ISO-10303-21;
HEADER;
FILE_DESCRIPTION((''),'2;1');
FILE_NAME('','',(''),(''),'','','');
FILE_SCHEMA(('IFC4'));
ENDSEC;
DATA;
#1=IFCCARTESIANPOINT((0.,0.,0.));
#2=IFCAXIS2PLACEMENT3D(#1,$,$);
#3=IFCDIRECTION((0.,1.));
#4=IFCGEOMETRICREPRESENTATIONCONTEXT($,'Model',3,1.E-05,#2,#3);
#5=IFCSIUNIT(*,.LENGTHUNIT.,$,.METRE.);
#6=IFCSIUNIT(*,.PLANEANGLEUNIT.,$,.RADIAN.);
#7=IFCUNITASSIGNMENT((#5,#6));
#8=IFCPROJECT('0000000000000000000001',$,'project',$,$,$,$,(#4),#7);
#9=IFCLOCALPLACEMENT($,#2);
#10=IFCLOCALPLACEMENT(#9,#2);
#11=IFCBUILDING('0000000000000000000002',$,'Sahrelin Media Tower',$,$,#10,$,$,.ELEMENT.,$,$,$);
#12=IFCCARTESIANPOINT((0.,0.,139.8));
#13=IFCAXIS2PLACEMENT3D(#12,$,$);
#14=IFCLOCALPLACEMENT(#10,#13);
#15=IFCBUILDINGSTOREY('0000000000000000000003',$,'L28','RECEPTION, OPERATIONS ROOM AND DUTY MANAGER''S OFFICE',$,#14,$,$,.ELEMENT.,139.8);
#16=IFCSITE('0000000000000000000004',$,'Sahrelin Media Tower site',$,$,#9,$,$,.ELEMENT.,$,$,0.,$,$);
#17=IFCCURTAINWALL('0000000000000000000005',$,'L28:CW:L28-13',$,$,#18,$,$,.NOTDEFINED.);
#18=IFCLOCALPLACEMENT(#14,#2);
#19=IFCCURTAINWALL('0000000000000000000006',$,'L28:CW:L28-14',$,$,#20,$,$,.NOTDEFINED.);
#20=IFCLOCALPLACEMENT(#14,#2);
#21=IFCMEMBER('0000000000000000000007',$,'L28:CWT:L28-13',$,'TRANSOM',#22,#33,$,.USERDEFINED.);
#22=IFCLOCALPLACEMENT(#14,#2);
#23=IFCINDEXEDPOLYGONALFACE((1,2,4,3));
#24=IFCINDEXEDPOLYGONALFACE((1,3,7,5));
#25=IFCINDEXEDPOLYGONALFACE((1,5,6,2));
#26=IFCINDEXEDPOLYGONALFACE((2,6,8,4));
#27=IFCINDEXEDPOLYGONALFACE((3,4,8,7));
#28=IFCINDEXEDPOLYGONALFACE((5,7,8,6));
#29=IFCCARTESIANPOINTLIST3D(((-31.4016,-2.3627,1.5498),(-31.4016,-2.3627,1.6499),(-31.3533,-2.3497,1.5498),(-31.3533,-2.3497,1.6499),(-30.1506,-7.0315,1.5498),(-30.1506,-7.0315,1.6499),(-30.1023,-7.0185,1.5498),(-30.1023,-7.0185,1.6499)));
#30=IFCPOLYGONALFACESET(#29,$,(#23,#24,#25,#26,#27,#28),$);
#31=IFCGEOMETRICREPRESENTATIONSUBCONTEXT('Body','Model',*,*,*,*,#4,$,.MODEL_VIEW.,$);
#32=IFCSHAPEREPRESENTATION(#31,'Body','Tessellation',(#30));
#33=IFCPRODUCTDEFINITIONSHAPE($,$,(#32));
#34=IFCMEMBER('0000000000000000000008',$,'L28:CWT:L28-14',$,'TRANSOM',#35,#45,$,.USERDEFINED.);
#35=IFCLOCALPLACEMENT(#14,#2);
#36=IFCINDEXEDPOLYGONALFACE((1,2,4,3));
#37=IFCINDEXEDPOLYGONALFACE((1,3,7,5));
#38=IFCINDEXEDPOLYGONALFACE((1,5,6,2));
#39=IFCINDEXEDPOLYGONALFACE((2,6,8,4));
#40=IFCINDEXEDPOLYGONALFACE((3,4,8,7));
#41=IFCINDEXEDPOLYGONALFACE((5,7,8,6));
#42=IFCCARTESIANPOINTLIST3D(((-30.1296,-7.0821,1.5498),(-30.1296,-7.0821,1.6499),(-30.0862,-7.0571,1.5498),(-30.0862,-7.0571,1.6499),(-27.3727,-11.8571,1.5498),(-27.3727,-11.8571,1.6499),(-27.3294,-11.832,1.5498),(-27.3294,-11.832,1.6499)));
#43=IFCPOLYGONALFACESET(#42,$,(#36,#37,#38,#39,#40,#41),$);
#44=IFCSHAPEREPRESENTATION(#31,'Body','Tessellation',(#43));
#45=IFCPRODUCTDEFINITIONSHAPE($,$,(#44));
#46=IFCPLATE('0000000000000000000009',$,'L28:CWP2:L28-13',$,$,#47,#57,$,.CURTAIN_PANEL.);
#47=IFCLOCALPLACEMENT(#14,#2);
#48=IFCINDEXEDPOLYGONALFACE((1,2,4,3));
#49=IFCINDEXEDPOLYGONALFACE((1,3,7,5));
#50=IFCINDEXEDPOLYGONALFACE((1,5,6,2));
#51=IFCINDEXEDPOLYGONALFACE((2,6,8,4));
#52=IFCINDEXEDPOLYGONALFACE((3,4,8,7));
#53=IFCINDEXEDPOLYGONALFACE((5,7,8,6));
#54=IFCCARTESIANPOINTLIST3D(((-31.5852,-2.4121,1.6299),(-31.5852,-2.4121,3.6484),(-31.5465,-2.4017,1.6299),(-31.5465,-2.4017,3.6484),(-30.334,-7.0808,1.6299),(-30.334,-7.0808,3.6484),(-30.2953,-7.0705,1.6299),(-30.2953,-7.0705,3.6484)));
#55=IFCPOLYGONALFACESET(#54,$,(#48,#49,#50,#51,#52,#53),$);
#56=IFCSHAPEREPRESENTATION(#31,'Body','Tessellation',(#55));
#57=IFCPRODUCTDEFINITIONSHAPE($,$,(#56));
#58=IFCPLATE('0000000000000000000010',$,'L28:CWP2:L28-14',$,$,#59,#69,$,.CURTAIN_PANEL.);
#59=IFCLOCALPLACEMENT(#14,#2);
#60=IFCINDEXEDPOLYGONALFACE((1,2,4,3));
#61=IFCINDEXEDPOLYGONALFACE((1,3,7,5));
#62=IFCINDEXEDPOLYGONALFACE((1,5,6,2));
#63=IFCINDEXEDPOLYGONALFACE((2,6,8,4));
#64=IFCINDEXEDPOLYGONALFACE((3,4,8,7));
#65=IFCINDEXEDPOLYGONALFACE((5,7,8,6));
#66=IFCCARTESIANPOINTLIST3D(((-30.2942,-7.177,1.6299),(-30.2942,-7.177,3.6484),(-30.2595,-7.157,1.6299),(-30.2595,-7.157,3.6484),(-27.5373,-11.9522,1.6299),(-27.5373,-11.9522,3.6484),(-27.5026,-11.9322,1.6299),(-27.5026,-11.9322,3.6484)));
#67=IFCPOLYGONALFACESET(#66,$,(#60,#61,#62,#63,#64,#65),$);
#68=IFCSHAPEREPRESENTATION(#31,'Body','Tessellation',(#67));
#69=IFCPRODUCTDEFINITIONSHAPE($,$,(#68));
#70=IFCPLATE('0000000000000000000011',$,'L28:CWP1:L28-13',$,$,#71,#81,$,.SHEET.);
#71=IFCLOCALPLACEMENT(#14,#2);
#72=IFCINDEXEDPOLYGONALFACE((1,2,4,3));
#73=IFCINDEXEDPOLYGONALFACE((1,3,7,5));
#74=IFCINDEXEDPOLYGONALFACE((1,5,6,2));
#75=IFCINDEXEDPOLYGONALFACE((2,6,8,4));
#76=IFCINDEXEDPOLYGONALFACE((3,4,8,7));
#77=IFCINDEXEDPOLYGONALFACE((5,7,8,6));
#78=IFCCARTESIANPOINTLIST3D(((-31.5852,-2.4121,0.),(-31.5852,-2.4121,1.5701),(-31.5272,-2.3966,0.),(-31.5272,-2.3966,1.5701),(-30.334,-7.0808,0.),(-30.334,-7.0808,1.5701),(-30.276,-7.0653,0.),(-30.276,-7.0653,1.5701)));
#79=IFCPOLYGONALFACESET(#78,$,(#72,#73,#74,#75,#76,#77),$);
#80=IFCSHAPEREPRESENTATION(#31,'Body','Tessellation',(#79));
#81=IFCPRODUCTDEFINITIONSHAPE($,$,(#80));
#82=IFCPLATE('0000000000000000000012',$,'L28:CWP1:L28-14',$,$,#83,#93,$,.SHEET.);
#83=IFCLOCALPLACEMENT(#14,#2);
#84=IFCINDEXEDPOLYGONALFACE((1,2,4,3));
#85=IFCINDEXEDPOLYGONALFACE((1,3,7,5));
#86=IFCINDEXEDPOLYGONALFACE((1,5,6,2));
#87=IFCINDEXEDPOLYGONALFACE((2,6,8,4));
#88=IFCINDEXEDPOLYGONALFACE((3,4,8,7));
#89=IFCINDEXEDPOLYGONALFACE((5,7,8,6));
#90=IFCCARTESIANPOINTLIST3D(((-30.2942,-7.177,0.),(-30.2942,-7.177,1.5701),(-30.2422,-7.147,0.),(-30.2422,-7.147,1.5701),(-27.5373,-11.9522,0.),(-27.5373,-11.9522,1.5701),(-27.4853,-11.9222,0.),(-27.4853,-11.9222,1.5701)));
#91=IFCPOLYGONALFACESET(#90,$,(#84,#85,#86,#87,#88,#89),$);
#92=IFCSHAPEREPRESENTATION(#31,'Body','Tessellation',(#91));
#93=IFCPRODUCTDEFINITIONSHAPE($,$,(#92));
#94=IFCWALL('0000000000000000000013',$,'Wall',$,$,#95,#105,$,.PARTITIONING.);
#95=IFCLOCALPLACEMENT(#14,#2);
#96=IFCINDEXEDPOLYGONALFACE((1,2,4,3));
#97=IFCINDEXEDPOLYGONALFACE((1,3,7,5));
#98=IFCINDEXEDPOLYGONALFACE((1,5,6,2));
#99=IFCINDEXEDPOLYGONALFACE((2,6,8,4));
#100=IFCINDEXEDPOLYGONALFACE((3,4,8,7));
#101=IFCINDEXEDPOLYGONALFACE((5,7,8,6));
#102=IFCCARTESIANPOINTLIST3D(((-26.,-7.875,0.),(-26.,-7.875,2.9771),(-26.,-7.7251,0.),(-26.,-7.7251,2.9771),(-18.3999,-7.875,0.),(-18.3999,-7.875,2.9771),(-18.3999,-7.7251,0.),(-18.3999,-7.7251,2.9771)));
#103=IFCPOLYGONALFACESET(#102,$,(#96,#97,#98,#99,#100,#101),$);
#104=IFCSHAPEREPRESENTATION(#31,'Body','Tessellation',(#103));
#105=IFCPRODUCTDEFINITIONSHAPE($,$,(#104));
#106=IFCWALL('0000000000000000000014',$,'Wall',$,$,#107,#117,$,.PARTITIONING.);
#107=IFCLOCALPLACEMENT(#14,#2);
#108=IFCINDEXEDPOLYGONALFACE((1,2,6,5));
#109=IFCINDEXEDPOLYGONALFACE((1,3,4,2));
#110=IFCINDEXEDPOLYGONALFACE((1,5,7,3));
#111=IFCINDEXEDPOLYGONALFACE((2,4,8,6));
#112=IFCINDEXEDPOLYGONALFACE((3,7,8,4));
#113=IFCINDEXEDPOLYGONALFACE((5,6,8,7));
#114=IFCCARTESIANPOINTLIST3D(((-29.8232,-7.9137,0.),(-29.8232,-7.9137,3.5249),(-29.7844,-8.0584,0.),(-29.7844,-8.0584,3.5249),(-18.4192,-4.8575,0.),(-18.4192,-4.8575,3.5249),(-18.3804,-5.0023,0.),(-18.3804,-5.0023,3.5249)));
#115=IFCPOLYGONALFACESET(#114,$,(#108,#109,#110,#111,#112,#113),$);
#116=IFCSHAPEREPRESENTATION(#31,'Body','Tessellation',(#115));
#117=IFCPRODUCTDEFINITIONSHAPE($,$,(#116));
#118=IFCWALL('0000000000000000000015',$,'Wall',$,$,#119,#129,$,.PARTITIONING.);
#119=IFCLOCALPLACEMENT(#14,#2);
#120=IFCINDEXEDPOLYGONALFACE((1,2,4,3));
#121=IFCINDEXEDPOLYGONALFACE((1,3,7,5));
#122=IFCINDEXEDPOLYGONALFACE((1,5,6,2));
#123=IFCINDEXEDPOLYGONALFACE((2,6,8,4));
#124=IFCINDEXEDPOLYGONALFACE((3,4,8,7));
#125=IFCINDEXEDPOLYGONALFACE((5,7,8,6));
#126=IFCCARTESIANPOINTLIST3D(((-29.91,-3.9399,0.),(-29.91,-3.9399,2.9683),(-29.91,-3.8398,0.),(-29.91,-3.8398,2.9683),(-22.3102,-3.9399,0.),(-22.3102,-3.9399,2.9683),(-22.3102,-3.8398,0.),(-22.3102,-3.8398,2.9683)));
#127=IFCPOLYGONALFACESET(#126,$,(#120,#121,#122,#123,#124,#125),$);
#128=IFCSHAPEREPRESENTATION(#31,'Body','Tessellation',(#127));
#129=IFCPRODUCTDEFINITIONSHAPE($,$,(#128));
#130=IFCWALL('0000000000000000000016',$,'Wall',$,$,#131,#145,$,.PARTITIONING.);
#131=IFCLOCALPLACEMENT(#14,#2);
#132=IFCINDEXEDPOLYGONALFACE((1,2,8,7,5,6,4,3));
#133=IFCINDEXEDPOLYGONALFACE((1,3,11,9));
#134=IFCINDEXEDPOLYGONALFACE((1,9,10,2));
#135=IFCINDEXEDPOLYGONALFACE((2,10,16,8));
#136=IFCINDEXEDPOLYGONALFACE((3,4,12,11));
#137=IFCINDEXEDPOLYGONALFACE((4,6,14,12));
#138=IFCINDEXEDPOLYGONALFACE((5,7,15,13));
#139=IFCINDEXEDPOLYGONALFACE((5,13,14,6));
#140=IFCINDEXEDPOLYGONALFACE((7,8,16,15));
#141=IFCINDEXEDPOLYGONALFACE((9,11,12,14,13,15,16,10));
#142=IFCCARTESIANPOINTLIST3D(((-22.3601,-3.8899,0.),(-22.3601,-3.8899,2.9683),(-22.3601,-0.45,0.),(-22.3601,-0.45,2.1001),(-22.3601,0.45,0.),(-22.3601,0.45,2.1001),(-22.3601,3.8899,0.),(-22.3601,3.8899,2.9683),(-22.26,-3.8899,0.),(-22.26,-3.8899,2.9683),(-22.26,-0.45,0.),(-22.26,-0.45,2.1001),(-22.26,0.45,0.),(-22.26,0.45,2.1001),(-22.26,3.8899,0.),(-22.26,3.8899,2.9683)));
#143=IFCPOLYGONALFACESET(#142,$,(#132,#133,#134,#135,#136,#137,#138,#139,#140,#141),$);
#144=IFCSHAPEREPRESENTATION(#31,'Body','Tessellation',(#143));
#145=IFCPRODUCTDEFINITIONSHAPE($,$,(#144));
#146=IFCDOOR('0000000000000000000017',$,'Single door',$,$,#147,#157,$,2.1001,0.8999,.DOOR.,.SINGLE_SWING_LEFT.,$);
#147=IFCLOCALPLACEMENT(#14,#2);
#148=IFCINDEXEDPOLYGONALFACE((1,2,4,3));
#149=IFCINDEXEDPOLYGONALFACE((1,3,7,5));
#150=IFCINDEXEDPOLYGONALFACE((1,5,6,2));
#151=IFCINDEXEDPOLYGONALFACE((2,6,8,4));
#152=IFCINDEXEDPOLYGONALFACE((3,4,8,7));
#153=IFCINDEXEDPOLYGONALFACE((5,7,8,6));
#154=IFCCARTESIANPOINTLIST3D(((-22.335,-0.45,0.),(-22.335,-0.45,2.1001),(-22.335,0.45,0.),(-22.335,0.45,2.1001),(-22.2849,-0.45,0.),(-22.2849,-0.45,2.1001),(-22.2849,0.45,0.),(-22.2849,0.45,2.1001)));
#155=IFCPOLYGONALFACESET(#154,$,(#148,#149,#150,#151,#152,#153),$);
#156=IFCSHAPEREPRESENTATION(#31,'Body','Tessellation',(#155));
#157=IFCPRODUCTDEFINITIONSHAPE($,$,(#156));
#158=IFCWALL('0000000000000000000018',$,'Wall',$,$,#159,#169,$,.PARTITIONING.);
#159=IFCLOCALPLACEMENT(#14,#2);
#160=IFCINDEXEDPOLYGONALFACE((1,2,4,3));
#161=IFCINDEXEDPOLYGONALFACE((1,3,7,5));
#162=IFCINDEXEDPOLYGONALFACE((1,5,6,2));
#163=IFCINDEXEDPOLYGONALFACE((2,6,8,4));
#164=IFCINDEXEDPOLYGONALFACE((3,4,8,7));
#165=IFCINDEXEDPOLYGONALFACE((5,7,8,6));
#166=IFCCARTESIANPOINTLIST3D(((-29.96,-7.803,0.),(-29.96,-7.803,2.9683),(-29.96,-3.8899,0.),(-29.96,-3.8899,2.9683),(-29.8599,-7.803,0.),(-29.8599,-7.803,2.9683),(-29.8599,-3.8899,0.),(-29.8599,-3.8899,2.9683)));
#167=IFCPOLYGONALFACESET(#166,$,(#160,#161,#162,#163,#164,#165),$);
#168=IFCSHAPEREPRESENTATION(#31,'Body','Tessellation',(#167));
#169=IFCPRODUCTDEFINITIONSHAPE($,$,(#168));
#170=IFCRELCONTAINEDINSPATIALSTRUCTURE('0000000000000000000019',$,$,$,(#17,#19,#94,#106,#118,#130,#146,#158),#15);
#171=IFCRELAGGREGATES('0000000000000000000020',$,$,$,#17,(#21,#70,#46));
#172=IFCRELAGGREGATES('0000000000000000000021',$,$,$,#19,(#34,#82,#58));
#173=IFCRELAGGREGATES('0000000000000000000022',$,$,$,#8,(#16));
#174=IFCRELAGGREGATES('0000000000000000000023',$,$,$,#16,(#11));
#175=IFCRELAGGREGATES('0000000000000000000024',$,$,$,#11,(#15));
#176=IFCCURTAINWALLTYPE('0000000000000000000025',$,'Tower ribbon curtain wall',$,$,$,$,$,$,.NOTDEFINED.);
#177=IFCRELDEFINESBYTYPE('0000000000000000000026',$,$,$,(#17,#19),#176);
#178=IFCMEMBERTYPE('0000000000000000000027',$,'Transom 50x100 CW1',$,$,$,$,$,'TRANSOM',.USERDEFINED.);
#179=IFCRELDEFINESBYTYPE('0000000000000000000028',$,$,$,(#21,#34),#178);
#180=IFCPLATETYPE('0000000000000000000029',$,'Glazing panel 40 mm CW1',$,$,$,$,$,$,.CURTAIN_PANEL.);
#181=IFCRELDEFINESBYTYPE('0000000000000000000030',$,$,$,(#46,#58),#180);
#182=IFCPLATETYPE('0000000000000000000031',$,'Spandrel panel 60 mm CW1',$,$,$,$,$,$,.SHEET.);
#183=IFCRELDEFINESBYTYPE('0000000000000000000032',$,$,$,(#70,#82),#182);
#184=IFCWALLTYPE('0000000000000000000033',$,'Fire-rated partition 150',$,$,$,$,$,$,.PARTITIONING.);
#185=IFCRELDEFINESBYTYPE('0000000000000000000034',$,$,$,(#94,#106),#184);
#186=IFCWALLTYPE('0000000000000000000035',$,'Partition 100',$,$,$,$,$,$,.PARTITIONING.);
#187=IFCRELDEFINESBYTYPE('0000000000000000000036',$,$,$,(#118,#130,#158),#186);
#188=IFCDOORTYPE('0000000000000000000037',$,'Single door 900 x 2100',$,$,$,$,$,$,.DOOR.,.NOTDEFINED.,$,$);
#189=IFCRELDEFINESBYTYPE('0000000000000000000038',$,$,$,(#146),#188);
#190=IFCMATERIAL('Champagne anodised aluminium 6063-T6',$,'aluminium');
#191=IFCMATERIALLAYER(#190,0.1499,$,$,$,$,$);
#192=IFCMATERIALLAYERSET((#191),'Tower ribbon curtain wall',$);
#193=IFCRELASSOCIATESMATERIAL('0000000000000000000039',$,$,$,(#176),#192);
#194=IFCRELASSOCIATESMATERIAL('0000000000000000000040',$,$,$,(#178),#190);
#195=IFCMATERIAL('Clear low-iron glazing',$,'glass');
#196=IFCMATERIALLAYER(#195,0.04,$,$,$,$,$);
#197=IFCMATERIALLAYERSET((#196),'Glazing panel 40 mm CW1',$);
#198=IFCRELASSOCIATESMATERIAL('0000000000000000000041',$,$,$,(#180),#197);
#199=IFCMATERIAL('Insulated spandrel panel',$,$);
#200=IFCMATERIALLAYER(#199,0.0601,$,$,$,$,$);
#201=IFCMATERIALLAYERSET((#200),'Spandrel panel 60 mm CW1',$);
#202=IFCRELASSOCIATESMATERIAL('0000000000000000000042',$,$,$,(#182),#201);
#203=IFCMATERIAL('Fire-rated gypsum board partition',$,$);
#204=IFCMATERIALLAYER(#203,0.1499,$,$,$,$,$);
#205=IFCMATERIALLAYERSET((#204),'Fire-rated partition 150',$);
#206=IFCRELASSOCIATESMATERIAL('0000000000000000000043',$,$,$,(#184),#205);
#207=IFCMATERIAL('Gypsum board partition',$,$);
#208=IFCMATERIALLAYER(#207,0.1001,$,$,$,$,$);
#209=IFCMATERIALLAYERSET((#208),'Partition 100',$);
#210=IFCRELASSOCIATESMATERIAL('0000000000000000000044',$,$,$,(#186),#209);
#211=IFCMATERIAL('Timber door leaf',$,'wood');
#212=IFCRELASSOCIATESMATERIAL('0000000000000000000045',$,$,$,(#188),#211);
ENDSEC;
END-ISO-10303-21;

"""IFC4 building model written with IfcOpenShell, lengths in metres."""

from ifc_helpers import new_model, si_unit, direction, frame, frame_2d, origin, origin_2d, place, context, subcontext, project, spatial, polyline, rectangle, outline, extrude, material, layer, layer_set, material_profile, profile_set, type_object, element, fill, aggregate, save


model = new_model("IFC4")

# Units and contexts
model_context = context("Model", 3, precision=1e-05, world=origin(), true_north=direction((0.0, 1.0)))
body_context = subcontext(model_context, "Body", "Model", "MODEL_VIEW")
ifc_project = project(units=[si_unit("LENGTHUNIT", "METRE"), si_unit("PLANEANGLEUNIT", "RADIAN")], contexts=[model_context])

# Site, building, storey
site_placement = place(None, origin())
site = spatial("IfcSite", under=ifc_project, at=site_placement, Name="Sahrelin Media Tower site", CompositionType="ELEMENT", RefElevation=0.0)
building_placement = place(site_placement, origin())
building = spatial("IfcBuilding", under=site, at=building_placement, Name="Sahrelin Media Tower", CompositionType="ELEMENT")
storey_placement = place(building_placement, frame((0.0, 0.0, 139.8)))
storey = spatial("IfcBuildingStorey", under=building, at=storey_placement, Name="L28", Description="RECEPTION, OPERATIONS ROOM AND DUTY MANAGER'S OFFICE", CompositionType="ELEMENT", Elevation=139.8)

# Curtain walls
ifc_material_1 = material(Name="Champagne anodised aluminium 6063-T6", Category="aluminium")
ifc_layer_1 = layer(ifc_material_1, 0.1499)
ifc_layer_set_1 = layer_set([ifc_layer_1], Name="Tower ribbon curtain wall")
curtain_wall_type = type_object("IfcCurtainWallType", Name="Tower ribbon curtain wall", PredefinedType="NOTDEFINED", material=ifc_layer_set_1)
curtain_wall_1_placement = place(storey_placement, frame((-30.9402, -4.7412, 0.0), z_axis=(0.0, 0.0, 1.0), x_axis=(1.0, 0.0, 0.0)))
curtain_wall_1 = element("IfcCurtainWall", 1, at=curtain_wall_1_placement, inside=storey, type_object=curtain_wall_type, Name="L28:CW:L28-13", PredefinedType="NOTDEFINED")
curtain_wall_2_placement = place(storey_placement, frame((-28.8984, -9.5547, 0.0), z_axis=(0.0, 0.0, 1.0), x_axis=(1.0, 0.0, 0.0)))
curtain_wall_2 = element("IfcCurtainWall", 2, at=curtain_wall_2_placement, inside=storey, type_object=curtain_wall_type, Name="L28:CW:L28-14", PredefinedType="NOTDEFINED")

# Members
ifc_material_profile_1 = material_profile(ifc_material_1, rectangle(XDim=0.05, YDim=0.1001, at=origin_2d()), Name="Transom 50x100")
ifc_profile_set_1 = profile_set([ifc_material_profile_1], Name="Champagne anodised aluminium 6063-T6")
member_type_1 = type_object("IfcMemberType", Name="Transom 50x100 CW1", ElementType="TRANSOM", PredefinedType="USERDEFINED", material=ifc_profile_set_1)
member_1_placement = place(storey_placement, frame((-31.3774, -2.3562, 1.5999), z_axis=(0.258819, -0.965926, 0.0), x_axis=(0.965926, 0.258819, 0.0)))
member_1 = element("IfcMember", 3, at=member_1_placement, type_object=member_type_1, Name="L28:CWT:L28-13", ObjectType="TRANSOM", PredefinedType="USERDEFINED", context=body_context, shape_type="SweptSolid", body=[
    extrude(rectangle(XDim=0.05, YDim=0.1001, at=origin_2d()), origin(), (0.0, 0.0, 1.0), 4.8335),
])
member_2_placement = place(storey_placement, frame((-30.1079, -7.0696, 1.5999), z_axis=(0.500006, -0.866022, 0.0), x_axis=(0.866022, 0.500006, 0.0)))
member_2 = element("IfcMember", 4, at=member_2_placement, type_object=member_type_1, Name="L28:CWT:L28-14", ObjectType="TRANSOM", PredefinedType="USERDEFINED", context=body_context, shape_type="SweptSolid", body=[
    extrude(rectangle(XDim=0.05, YDim=0.1001, at=origin_2d()), origin(), (0.0, 0.0, 1.0), 5.5137),
])

# Plates
ifc_material_2 = material(Name="Clear low-iron glazing", Category="glass")
ifc_layer_2 = layer(ifc_material_2, 0.04)
ifc_layer_set_2 = layer_set([ifc_layer_2], Name="Glazing panel 40 mm CW1")
plate_type_1 = type_object("IfcPlateType", Name="Glazing panel 40 mm CW1", PredefinedType="CURTAIN_PANEL", material=ifc_layer_set_2)
plate_1_placement = place(storey_placement, frame((-31.5852, -2.4121, 1.6299), z_axis=(-0.965913, -0.258867, 0.0), x_axis=(0.258867, -0.965913, 0.0)))
plate_1 = element("IfcPlate", 5, at=plate_1_placement, type_object=plate_type_1, Name="L28:CWP2:L28-13", PredefinedType="CURTAIN_PANEL", context=body_context, shape_type="SweptSolid", body=[
    extrude(outline(polyline([(0.0, 0.0), (4.8335, 0.0), (4.8335, 2.0186), (0.0, 2.0186), (0.0, 0.0)])), origin(), (0.0, 0.0, -1.0), 0.04),
])
plate_2_placement = place(storey_placement, frame((-30.2942, -7.177, 1.6299), z_axis=(-0.866033, -0.499987, 0.0), x_axis=(0.499987, -0.866033, 0.0)))
plate_2 = element("IfcPlate", 6, at=plate_2_placement, type_object=plate_type_1, Name="L28:CWP2:L28-14", PredefinedType="CURTAIN_PANEL", context=body_context, shape_type="SweptSolid", body=[
    extrude(outline(polyline([(0.0, 0.0), (5.5139, 0.0), (5.5139, 2.0186), (0.0, 2.0186), (0.0, 0.0)])), origin(), (0.0, 0.0, -1.0), 0.04),
])
ifc_material_3 = material(Name="Insulated spandrel panel")
ifc_layer_3 = layer(ifc_material_3, 0.0601)
ifc_layer_set_3 = layer_set([ifc_layer_3], Name="Spandrel panel 60 mm CW1")
plate_type_2 = type_object("IfcPlateType", Name="Spandrel panel 60 mm CW1", PredefinedType="SHEET", material=ifc_layer_set_3)
plate_3_placement = place(storey_placement, frame((-31.5852, -2.4121, 0.0), z_axis=(-0.965913, -0.258867, 0.0), x_axis=(0.258867, -0.965913, 0.0)))
plate_3 = element("IfcPlate", 7, at=plate_3_placement, type_object=plate_type_2, Name="L28:CWP1:L28-13", PredefinedType="SHEET", context=body_context, shape_type="SweptSolid", body=[
    extrude(outline(polyline([(0.0, 0.0), (4.8335, 0.0), (4.8335, 1.5701), (0.0, 1.5701), (0.0, 0.0)])), origin(), (0.0, 0.0, -1.0), 0.0601),
])
aggregate(curtain_wall_1, [member_1, plate_3, plate_1])
plate_4_placement = place(storey_placement, frame((-30.2942, -7.177, 0.0), z_axis=(-0.866033, -0.499987, 0.0), x_axis=(0.499987, -0.866033, 0.0)))
plate_4 = element("IfcPlate", 8, at=plate_4_placement, type_object=plate_type_2, Name="L28:CWP1:L28-14", PredefinedType="SHEET", context=body_context, shape_type="SweptSolid", body=[
    extrude(outline(polyline([(0.0, 0.0), (5.5139, 0.0), (5.5139, 1.5701), (0.0, 1.5701), (0.0, 0.0)])), origin(), (0.0, 0.0, -1.0), 0.0601),
])
aggregate(curtain_wall_2, [member_2, plate_4, plate_2])

# Walls
ifc_material_4 = material(Name="Fire-rated gypsum board partition")
ifc_layer_4 = layer(ifc_material_4, 0.1499)
ifc_layer_set_4 = layer_set([ifc_layer_4], Name="Fire-rated partition 150")
wall_type_1 = type_object("IfcWallType", Name="Fire-rated partition 150", PredefinedType="PARTITIONING", material=ifc_layer_set_4)
wall_1_placement = place(storey_placement, frame((-26.0, -7.8, 0.0), z_axis=(0.0, 0.0, 1.0), x_axis=(1.0, 0.0, 0.0)))
element("IfcWall", 9, at=wall_1_placement, inside=storey, type_object=wall_type_1, Name="Wall", PredefinedType="PARTITIONING", context=body_context, shape_type="SweptSolid", body=[
    extrude(rectangle(XDim=7.6001, YDim=0.1499, at=frame_2d((3.8, 0.0))), origin(), (0.0, 0.0, 1.0), 2.9771),
])
wall_2_placement = place(storey_placement, frame((-29.804, -7.9861, 0.0), z_axis=(0.0, 0.0, 1.0), x_axis=(0.965916, 0.258854, 0.0)))
element("IfcWall", 10, at=wall_2_placement, inside=storey, type_object=wall_type_1, Name="Wall", PredefinedType="PARTITIONING", context=body_context, shape_type="SweptSolid", body=[
    extrude(rectangle(XDim=11.8064, YDim=0.1499, at=frame_2d((5.9033, 0.0))), origin(), (0.0, 0.0, 1.0), 3.5249),
])
ifc_material_5 = material(Name="Gypsum board partition")
ifc_layer_5 = layer(ifc_material_5, 0.1001)
ifc_layer_set_5 = layer_set([ifc_layer_5], Name="Partition 100")
wall_type_2 = type_object("IfcWallType", Name="Partition 100", PredefinedType="PARTITIONING", material=ifc_layer_set_5)
wall_3_placement = place(storey_placement, frame((-29.9099, -3.8899, 0.0), z_axis=(0.0, 0.0, 1.0), x_axis=(1.0, 0.0, 0.0)))
element("IfcWall", 11, at=wall_3_placement, inside=storey, type_object=wall_type_2, Name="Wall", PredefinedType="PARTITIONING", context=body_context, shape_type="SweptSolid", body=[
    extrude(rectangle(XDim=7.5999, YDim=0.1001, at=frame_2d((3.7998, 0.0))), origin(), (0.0, 0.0, 1.0), 2.9683),
])

# Wall, opening, door
wall_4_placement = place(storey_placement, frame((-22.3101, -3.8899, 0.0), z_axis=(0.0, 0.0, 1.0), x_axis=(0.0, 1.0, 0.0)))
wall_4 = element("IfcWall", 12, at=wall_4_placement, inside=storey, type_object=wall_type_2, Name="Wall", PredefinedType="PARTITIONING", context=body_context, shape_type="SweptSolid", body=[
    extrude(rectangle(XDim=7.7798, YDim=0.1001, at=frame_2d((3.8899, 0.0))), origin(), (0.0, 0.0, 1.0), 2.9683),
])
opening_placement = place(wall_4_placement, frame((3.4399, 0.0, 0.0)))
opening = element("IfcOpeningElement", 13, at=opening_placement, cuts=wall_4, PredefinedType="OPENING", context=body_context, shape_type="SweptSolid", body=[
    extrude(rectangle(XDim=0.8999, YDim=2.1001, at=frame_2d((0.45, 1.05))), frame((0.0, 0.05, 0.0), z_axis=(0.0, -1.0, 0.0), x_axis=(1.0, 0.0, 0.0)), (0.0, 0.0, 1.0), 0.1001),
])
ifc_material_6 = material(Name="Timber door leaf", Category="wood")
door_type = type_object("IfcDoorType", Name="Single door 900 x 2100", OperationType="NOTDEFINED", PredefinedType="DOOR", material=ifc_material_6)
door_placement = place(opening_placement, origin())
door = element("IfcDoor", 14, at=door_placement, inside=storey, type_object=door_type, Name="Single door", OperationType="SINGLE_SWING_LEFT", OverallHeight=2.1001, OverallWidth=0.8999, PredefinedType="DOOR", context=body_context, shape_type="SweptSolid", body=[
    extrude(rectangle(XDim=0.8999, YDim=2.1001, at=frame_2d((0.45, 1.05))), frame((0.0, 0.0249, 0.0), z_axis=(0.0, -1.0, 0.0), x_axis=(1.0, 0.0, 0.0)), (0.0, 0.0, 1.0), 0.05),
])
fill(opening, door)

# Wall
wall_5_placement = place(storey_placement, frame((-29.9099, -7.803, 0.0), z_axis=(0.0, 0.0, 1.0), x_axis=(0.0, 1.0, 0.0)))
element("IfcWall", 15, at=wall_5_placement, inside=storey, type_object=wall_type_2, Name="Wall", PredefinedType="PARTITIONING", context=body_context, shape_type="SweptSolid", body=[
    extrude(rectangle(XDim=3.9131, YDim=0.1001, at=frame_2d((1.9565, 0.0))), origin(), (0.0, 0.0, 1.0), 2.9683),
])

save(model, "model.ifc")
